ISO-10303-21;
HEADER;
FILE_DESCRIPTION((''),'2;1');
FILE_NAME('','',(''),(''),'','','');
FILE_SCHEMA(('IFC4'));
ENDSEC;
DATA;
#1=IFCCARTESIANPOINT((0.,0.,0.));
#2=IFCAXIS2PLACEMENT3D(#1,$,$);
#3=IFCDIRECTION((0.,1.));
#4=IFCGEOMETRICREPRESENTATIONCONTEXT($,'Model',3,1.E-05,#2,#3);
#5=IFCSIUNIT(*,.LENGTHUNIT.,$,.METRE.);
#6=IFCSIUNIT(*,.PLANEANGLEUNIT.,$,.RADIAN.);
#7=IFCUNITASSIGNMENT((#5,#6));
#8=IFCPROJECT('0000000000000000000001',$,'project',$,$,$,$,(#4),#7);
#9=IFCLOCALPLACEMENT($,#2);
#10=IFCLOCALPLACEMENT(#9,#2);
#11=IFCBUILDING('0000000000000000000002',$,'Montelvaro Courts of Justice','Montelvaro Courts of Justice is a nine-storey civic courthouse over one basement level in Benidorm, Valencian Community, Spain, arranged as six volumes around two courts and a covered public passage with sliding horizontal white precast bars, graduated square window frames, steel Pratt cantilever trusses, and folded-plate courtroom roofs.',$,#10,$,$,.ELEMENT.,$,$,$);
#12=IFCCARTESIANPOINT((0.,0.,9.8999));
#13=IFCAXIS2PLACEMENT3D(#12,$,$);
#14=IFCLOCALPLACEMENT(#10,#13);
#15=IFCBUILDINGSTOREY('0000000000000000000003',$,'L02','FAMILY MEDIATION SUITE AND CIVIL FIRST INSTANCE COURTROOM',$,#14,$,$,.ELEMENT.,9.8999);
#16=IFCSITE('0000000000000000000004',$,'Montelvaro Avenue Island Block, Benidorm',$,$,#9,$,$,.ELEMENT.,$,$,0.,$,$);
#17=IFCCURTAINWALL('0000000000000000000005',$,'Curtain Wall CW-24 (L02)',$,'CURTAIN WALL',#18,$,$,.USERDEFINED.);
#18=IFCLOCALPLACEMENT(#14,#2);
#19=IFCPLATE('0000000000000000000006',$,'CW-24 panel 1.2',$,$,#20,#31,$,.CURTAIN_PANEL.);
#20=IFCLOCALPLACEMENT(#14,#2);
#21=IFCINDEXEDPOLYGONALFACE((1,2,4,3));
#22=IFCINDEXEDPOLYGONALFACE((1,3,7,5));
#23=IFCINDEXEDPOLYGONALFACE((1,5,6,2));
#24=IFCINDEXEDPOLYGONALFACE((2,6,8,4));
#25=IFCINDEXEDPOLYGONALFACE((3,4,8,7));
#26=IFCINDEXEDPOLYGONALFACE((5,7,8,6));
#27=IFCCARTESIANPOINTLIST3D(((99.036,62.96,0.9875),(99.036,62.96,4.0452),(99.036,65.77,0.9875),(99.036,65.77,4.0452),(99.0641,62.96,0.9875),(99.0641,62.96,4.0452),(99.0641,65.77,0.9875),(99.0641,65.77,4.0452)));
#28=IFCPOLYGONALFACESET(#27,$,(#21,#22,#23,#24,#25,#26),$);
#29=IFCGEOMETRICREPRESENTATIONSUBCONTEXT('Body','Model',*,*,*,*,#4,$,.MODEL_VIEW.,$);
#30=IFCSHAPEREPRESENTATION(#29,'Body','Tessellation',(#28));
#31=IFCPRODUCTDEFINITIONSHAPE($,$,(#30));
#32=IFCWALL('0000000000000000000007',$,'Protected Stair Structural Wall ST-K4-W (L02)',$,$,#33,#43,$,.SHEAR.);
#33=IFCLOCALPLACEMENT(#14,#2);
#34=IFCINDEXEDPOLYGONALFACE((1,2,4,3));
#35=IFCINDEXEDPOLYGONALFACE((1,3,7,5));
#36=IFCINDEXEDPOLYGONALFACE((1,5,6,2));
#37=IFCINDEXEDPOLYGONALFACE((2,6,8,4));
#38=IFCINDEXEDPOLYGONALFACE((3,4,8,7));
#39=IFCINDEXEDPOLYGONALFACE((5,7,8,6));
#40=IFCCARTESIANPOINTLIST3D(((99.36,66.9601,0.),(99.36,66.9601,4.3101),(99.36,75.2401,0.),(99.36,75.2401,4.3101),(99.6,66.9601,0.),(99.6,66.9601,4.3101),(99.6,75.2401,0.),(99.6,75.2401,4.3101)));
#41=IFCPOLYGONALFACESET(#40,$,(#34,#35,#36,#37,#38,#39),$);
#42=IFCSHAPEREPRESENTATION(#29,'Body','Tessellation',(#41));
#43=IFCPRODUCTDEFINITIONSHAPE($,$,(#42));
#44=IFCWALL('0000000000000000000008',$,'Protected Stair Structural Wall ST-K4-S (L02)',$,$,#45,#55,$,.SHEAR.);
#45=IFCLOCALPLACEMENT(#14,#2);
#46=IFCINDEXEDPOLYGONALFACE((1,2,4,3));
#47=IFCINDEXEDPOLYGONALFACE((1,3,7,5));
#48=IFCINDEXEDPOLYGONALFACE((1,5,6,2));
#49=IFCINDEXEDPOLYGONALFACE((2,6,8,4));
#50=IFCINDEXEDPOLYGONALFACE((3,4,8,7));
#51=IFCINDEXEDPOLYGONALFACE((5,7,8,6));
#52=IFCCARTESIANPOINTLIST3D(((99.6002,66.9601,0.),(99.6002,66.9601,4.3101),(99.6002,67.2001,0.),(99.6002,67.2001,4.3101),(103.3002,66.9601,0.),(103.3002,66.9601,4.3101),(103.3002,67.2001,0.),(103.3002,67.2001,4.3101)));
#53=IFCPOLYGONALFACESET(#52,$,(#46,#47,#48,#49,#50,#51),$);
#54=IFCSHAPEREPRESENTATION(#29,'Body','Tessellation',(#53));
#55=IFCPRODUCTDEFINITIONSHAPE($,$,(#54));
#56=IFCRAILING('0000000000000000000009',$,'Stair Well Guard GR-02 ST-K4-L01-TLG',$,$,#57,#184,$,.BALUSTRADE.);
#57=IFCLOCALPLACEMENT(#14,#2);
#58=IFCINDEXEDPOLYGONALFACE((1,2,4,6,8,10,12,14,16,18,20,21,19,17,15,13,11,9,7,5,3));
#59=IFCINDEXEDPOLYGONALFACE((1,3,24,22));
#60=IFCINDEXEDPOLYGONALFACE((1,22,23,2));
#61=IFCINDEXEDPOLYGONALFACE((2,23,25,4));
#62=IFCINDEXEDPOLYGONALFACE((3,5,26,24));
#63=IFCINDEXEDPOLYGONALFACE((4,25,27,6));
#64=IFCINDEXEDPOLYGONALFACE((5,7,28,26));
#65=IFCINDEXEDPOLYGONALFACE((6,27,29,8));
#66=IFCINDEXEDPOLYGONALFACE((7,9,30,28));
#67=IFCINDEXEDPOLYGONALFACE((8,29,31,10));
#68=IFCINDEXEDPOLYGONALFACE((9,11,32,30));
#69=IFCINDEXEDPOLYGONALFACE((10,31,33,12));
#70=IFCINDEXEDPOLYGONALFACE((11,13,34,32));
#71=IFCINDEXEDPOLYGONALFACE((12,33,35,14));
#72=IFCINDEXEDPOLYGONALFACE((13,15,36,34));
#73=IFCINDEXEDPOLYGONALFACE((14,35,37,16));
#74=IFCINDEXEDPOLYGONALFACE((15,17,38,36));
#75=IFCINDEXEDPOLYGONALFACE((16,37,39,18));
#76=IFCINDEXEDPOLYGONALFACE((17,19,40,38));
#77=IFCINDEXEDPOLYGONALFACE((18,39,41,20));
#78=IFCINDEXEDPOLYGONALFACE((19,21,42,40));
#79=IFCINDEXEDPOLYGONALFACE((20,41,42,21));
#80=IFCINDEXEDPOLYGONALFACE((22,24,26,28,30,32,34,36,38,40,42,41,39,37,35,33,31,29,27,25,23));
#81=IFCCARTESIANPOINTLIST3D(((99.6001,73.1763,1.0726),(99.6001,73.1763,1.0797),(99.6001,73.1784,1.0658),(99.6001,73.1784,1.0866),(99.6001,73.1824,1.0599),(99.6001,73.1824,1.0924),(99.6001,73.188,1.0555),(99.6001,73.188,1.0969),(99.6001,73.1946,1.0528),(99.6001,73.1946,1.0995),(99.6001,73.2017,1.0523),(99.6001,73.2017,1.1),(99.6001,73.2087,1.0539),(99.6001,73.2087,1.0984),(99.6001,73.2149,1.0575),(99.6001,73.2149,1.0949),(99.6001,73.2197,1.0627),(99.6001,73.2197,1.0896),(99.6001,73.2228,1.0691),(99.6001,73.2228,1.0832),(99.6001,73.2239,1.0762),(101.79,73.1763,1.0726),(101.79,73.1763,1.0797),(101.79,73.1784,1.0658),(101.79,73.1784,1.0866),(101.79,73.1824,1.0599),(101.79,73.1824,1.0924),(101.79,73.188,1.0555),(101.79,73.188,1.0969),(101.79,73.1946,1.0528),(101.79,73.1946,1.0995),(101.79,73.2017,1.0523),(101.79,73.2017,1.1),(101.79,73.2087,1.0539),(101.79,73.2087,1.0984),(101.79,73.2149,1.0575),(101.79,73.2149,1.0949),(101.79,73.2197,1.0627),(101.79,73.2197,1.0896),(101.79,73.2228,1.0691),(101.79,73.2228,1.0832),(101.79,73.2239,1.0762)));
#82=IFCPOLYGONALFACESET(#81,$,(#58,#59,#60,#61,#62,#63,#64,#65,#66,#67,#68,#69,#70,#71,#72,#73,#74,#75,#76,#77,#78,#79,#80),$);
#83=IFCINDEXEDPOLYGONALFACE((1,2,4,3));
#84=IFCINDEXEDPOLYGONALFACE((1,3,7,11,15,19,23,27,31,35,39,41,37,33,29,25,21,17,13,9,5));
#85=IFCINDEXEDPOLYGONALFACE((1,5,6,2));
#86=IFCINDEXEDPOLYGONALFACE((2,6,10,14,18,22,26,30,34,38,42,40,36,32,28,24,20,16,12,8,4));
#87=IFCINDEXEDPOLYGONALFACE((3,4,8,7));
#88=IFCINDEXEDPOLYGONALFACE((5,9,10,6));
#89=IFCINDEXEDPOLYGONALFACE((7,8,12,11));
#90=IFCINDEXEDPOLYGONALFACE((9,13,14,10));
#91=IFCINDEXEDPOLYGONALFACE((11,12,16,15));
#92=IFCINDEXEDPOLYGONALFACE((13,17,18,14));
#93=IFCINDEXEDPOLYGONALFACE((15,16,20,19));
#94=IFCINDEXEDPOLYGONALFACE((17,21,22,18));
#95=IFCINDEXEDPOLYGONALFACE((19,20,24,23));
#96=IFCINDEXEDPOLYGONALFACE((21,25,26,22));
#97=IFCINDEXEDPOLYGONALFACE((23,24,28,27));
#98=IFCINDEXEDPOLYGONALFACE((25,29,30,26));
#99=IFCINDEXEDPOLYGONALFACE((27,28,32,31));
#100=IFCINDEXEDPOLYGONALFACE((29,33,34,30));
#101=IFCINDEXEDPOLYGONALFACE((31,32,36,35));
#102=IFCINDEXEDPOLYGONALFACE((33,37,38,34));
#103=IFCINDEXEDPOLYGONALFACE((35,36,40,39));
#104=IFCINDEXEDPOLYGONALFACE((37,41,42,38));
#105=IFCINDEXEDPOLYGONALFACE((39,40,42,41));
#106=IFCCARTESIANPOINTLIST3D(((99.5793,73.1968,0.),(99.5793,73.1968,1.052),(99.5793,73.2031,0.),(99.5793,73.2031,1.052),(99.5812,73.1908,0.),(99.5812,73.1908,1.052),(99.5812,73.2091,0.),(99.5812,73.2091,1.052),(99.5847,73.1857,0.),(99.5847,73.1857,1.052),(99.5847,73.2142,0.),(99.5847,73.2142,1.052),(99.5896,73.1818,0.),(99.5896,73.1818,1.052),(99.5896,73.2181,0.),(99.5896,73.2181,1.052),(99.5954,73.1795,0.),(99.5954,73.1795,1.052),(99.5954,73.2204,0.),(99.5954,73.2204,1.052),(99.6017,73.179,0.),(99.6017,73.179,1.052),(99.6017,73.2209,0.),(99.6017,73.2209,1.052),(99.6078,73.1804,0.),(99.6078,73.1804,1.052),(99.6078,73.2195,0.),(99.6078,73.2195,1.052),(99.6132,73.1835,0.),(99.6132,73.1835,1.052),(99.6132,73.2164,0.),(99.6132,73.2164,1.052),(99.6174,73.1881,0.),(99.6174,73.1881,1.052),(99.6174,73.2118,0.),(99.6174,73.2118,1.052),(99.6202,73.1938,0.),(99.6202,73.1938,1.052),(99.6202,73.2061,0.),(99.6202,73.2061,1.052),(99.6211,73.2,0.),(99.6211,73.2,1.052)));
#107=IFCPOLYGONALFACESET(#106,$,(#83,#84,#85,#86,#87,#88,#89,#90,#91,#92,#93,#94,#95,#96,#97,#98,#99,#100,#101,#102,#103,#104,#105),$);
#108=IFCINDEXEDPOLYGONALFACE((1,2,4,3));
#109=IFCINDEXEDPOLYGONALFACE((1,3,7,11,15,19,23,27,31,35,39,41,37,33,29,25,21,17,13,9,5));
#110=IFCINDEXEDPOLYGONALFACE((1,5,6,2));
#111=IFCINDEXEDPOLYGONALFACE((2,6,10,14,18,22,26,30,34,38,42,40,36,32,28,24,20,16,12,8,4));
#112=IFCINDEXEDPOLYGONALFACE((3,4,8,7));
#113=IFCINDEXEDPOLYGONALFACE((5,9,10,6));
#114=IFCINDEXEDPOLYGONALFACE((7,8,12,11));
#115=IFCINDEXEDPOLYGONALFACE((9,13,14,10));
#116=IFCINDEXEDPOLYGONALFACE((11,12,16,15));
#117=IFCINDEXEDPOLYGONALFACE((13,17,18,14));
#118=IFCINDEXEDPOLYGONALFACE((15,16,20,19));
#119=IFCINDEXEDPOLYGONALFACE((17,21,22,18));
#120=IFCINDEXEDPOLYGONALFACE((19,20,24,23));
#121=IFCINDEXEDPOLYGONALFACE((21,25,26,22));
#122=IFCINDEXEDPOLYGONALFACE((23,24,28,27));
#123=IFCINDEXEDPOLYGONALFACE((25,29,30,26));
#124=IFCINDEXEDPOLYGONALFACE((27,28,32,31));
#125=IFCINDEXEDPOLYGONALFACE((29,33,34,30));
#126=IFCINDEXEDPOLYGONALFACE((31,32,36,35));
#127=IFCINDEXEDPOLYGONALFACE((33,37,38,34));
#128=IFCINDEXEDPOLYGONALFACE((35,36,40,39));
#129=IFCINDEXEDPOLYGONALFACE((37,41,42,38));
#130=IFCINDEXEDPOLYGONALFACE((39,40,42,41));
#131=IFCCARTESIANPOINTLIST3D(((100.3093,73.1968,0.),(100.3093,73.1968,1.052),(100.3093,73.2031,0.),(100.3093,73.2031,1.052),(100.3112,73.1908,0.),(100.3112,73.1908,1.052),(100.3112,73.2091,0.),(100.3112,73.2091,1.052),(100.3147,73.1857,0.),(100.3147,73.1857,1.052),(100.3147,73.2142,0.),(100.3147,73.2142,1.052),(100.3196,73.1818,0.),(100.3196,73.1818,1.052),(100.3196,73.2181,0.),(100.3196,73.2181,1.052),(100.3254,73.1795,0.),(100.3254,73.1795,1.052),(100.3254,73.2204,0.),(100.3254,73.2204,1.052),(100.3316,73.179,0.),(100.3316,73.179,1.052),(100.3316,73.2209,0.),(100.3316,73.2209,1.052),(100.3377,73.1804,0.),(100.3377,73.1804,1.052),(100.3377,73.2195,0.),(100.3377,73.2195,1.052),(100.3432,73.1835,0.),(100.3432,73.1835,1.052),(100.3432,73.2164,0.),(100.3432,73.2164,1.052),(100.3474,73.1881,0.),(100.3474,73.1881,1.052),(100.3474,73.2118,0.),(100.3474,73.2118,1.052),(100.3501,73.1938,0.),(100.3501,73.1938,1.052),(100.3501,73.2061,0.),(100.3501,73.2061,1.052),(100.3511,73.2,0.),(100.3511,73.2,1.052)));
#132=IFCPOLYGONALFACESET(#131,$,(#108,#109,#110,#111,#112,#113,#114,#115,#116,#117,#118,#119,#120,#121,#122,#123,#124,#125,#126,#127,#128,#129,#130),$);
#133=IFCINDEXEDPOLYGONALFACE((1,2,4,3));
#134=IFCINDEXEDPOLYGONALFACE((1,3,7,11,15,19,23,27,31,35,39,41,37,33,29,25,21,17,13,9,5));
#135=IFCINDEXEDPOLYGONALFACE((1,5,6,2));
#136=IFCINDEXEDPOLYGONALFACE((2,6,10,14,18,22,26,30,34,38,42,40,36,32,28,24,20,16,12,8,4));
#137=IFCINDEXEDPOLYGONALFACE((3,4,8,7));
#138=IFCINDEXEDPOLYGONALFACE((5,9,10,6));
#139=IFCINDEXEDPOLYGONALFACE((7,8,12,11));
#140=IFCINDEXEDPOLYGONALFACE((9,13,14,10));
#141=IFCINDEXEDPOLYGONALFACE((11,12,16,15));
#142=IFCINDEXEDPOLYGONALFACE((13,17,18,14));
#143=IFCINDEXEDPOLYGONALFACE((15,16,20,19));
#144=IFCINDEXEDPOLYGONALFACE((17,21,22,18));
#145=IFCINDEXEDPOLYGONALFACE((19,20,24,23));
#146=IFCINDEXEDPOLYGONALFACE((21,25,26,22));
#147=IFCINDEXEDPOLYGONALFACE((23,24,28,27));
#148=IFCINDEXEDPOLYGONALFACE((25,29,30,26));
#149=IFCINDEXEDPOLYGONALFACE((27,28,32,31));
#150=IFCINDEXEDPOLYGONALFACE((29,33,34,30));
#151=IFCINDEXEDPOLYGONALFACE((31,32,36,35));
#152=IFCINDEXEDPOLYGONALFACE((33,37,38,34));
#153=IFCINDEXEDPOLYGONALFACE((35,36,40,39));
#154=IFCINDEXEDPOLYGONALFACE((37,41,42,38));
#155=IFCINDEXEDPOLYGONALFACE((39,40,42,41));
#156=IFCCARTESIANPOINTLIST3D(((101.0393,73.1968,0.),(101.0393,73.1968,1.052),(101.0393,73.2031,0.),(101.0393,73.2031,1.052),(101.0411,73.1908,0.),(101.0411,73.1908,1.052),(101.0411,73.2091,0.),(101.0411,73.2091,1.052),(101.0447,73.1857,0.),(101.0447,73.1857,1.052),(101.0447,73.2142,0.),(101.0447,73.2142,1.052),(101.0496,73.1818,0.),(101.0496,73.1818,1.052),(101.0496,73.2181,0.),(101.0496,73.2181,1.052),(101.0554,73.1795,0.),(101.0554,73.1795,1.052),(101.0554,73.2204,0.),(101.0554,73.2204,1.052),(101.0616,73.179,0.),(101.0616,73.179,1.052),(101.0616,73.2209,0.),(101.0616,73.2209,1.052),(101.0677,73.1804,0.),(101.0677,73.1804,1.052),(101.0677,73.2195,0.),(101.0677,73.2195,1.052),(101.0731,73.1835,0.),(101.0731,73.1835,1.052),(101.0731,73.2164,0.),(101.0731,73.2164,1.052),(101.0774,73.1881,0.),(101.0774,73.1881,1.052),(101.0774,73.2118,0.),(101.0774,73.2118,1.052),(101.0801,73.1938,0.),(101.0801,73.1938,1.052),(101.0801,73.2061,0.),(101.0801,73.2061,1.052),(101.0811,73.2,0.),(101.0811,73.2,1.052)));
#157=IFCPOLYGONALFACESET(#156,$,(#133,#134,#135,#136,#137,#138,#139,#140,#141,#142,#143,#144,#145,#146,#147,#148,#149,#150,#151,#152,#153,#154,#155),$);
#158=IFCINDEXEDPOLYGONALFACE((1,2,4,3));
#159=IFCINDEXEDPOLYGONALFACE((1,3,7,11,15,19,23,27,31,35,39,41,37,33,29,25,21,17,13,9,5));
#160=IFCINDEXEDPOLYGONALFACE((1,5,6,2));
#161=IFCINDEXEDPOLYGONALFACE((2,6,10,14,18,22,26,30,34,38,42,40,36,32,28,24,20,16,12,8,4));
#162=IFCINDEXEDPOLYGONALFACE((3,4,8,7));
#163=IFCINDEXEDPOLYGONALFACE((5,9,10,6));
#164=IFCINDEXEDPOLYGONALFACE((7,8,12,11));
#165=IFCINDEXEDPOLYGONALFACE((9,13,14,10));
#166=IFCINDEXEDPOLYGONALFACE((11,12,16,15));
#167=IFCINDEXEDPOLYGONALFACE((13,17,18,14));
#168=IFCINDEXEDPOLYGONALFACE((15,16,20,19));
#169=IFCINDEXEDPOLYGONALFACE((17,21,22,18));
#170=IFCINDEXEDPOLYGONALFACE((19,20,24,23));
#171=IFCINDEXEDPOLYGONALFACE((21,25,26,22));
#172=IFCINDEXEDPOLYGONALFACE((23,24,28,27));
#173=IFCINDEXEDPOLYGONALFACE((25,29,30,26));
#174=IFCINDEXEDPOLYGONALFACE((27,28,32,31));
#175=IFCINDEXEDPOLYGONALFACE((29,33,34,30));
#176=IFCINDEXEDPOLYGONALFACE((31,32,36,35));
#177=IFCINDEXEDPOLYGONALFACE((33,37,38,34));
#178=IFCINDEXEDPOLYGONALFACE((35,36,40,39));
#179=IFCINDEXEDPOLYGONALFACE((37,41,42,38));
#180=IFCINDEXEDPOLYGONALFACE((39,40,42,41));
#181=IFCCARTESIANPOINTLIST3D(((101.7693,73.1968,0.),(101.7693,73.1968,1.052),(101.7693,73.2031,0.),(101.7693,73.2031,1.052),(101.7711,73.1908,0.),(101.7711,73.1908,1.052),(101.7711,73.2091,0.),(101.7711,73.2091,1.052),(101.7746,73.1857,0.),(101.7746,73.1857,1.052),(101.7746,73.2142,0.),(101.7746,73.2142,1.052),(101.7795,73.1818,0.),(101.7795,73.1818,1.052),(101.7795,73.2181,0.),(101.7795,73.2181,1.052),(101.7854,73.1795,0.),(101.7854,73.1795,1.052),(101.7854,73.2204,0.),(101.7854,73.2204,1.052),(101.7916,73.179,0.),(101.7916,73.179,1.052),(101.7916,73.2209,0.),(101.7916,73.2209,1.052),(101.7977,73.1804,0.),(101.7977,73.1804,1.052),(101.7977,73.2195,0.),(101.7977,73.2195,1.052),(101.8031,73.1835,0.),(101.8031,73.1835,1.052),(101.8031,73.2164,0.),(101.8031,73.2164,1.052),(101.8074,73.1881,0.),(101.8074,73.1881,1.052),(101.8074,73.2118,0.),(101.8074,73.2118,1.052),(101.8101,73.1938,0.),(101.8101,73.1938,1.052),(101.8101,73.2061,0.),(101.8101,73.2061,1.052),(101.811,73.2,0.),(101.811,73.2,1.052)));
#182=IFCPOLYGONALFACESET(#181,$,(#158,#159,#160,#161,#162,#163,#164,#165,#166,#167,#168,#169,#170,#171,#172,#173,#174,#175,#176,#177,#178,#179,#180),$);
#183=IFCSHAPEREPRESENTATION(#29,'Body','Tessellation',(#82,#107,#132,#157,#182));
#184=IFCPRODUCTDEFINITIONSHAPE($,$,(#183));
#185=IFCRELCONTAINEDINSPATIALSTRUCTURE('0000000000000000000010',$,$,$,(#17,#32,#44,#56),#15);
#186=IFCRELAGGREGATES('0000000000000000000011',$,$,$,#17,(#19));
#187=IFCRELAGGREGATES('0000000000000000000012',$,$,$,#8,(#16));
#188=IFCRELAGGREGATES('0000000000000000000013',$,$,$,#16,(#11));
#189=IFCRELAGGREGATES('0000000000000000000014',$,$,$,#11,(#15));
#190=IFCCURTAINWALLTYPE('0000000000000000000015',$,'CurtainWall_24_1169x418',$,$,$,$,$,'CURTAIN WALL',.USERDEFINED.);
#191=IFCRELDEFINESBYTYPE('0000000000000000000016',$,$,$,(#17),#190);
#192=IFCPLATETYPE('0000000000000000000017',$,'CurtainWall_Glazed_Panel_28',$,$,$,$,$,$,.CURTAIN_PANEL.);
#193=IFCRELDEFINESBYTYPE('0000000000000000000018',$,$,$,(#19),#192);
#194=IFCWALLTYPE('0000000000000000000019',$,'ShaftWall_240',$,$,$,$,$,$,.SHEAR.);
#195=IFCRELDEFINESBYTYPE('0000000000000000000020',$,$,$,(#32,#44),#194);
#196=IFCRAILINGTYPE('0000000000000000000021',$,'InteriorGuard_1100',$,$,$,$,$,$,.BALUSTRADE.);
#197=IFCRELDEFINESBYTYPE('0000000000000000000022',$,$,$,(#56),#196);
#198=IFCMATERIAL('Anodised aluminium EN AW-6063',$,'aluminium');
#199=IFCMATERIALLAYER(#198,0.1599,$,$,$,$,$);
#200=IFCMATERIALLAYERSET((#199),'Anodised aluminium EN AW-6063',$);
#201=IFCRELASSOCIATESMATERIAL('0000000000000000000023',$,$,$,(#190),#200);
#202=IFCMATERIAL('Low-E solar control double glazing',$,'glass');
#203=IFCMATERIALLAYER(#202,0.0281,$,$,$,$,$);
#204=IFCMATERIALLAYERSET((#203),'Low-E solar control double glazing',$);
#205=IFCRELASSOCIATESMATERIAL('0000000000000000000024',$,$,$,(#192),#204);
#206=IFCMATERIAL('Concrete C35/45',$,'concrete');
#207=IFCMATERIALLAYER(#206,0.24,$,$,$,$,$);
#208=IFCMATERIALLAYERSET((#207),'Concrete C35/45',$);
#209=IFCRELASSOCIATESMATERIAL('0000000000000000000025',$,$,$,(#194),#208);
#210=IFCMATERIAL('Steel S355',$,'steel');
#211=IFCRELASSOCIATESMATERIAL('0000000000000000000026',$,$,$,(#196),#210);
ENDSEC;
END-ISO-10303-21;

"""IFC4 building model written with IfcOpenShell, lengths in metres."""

from ifc_helpers import new_model, si_unit, direction, frame, frame_2d, origin, origin_2d, place, context, subcontext, project, spatial, rectangle, circle, extrude, material, layer, layer_set, type_object, element, aggregate, save


model = new_model("IFC4")

# Units and contexts
model_context = context("Model", 3, precision=1e-05, world=origin(), true_north=direction((0.0, 1.0)))
body_context = subcontext(model_context, "Body", "Model", "MODEL_VIEW")
ifc_project = project(units=[si_unit("LENGTHUNIT", "METRE"), si_unit("PLANEANGLEUNIT", "RADIAN")], contexts=[model_context])

# Site, building, storey
site_placement = place(None, origin())
site = spatial("IfcSite", under=ifc_project, at=site_placement, Name="Montelvaro Avenue Island Block, Benidorm", CompositionType="ELEMENT", RefElevation=0.0)
building_placement = place(site_placement, origin())
building = spatial("IfcBuilding", under=site, at=building_placement, Name="Montelvaro Courts of Justice", Description="Montelvaro Courts of Justice is a nine-storey civic courthouse over one basement level in Benidorm, Valencian Community, Spain, arranged as six volumes around two courts and a covered public passage with sliding horizontal white precast bars, graduated square window frames, steel Pratt cantilever trusses, and folded-plate courtroom roofs.", CompositionType="ELEMENT")
storey_placement = place(building_placement, frame((0.0, 0.0, 9.8999)))
storey = spatial("IfcBuildingStorey", under=building, at=storey_placement, Name="L02", Description="FAMILY MEDIATION SUITE AND CIVIL FIRST INSTANCE COURTROOM", CompositionType="ELEMENT", Elevation=9.8999)

# Curtain wall
ifc_material_1 = material(Name="Anodised aluminium EN AW-6063", Category="aluminium")
ifc_layer_1 = layer(ifc_material_1, 0.1599)
ifc_layer_set_1 = layer_set([ifc_layer_1], Name="Anodised aluminium EN AW-6063")
curtain_wall_type_1 = type_object("IfcCurtainWallType", Name="CurtainWall_24_1169x418", ElementType="CURTAIN WALL", PredefinedType="USERDEFINED", material=ifc_layer_set_1)
curtain_wall_1_placement = place(storey_placement, origin())
curtain_wall_1 = element("IfcCurtainWall", 1, at=curtain_wall_1_placement, inside=storey, type_object=curtain_wall_type_1, Name="Curtain Wall CW-24 (L02)", ObjectType="CURTAIN WALL", PredefinedType="USERDEFINED")

# Plate
ifc_material_2 = material(Name="Low-E solar control double glazing", Category="glass")
ifc_layer_2 = layer(ifc_material_2, 0.0281)
ifc_layer_set_2 = layer_set([ifc_layer_2], Name="Low-E solar control double glazing")
plate_type = type_object("IfcPlateType", Name="CurtainWall_Glazed_Panel_28", PredefinedType="CURTAIN_PANEL", material=ifc_layer_set_2)
plate_1_placement = place(storey_placement, frame((99.05, 64.365, 0.9875), z_axis=(0.0, 0.0, 1.0), x_axis=(0.0, -1.0, 0.0)))
plate_1 = element("IfcPlate", 2, at=plate_1_placement, type_object=plate_type, Name="CW-24 panel 1.2", PredefinedType="CURTAIN_PANEL", context=body_context, shape_type="SweptSolid", body=[
    extrude(rectangle(XDim=2.8101, YDim=0.0281, at=origin_2d()), origin(), (0.0, 0.0, 1.0), 3.0576),
])
aggregate(curtain_wall_1, [plate_1])

# Walls
ifc_material_3 = material(Name="Concrete C35/45", Category="concrete")
ifc_layer_3 = layer(ifc_material_3, 0.24)
ifc_layer_set_3 = layer_set([ifc_layer_3], Name="Concrete C35/45")
wall_type = type_object("IfcWallType", Name="ShaftWall_240", PredefinedType="SHEAR", material=ifc_layer_set_3)
wall_1_placement = place(storey_placement, frame((99.48, 66.96, 0.0), z_axis=(0.0, 0.0, 1.0), x_axis=(0.0, 1.0, 0.0)))
element("IfcWall", 3, at=wall_1_placement, inside=storey, type_object=wall_type, Name="Protected Stair Structural Wall ST-K4-W (L02)", PredefinedType="SHEAR", context=body_context, shape_type="SweptSolid", body=[
    extrude(rectangle(XDim=8.28, YDim=0.24, at=frame_2d((4.1401, 0.0))), origin(), (0.0, 0.0, 1.0), 4.3101),
])
wall_2_placement = place(storey_placement, frame((99.6001, 67.0801, 0.0), z_axis=(0.0, 0.0, 1.0), x_axis=(1.0, 0.0, 0.0)))
element("IfcWall", 4, at=wall_2_placement, inside=storey, type_object=wall_type, Name="Protected Stair Structural Wall ST-K4-S (L02)", PredefinedType="SHEAR", context=body_context, shape_type="SweptSolid", body=[
    extrude(rectangle(XDim=3.7, YDim=0.24, at=frame_2d((1.8501, 0.0))), origin(), (0.0, 0.0, 1.0), 4.3101),
])

# Railing
ifc_material_4 = material(Name="Steel S355", Category="steel")
railing_type_1 = type_object("IfcRailingType", Name="InteriorGuard_1100", PredefinedType="BALUSTRADE", material=ifc_material_4)
railing_1_placement = place(storey_placement, frame((99.6001, 73.2, 0.0)))
element("IfcRailing", 5, at=railing_1_placement, inside=storey, type_object=railing_type_1, Name="Stair Well Guard GR-02 ST-K4-L01-TLG", PredefinedType="BALUSTRADE", context=body_context, shape_type="SweptSolid", body=[
    extrude(circle(Radius=0.0239, at=origin_2d()), frame((0.0, 0.0, 1.0762), z_axis=(1.0, 0.0, 0.0), x_axis=(0.0, 1.0, 0.0)), (0.0, 0.0, 1.0), 2.1899),
    extrude(circle(Radius=0.021, at=origin_2d()), origin(), (0.0, 0.0, 1.0), 1.052),
    extrude(circle(Radius=0.021, at=origin_2d()), frame((0.73, 0.0, 0.0)), (0.0, 0.0, 1.0), 1.052),
    extrude(circle(Radius=0.021, at=origin_2d()), frame((1.46, 0.0, 0.0)), (0.0, 0.0, 1.0), 1.052),
    extrude(circle(Radius=0.021, at=origin_2d()), frame((2.1899, 0.0, 0.0)), (0.0, 0.0, 1.0), 1.052),
])

save(model, "model.ifc")
